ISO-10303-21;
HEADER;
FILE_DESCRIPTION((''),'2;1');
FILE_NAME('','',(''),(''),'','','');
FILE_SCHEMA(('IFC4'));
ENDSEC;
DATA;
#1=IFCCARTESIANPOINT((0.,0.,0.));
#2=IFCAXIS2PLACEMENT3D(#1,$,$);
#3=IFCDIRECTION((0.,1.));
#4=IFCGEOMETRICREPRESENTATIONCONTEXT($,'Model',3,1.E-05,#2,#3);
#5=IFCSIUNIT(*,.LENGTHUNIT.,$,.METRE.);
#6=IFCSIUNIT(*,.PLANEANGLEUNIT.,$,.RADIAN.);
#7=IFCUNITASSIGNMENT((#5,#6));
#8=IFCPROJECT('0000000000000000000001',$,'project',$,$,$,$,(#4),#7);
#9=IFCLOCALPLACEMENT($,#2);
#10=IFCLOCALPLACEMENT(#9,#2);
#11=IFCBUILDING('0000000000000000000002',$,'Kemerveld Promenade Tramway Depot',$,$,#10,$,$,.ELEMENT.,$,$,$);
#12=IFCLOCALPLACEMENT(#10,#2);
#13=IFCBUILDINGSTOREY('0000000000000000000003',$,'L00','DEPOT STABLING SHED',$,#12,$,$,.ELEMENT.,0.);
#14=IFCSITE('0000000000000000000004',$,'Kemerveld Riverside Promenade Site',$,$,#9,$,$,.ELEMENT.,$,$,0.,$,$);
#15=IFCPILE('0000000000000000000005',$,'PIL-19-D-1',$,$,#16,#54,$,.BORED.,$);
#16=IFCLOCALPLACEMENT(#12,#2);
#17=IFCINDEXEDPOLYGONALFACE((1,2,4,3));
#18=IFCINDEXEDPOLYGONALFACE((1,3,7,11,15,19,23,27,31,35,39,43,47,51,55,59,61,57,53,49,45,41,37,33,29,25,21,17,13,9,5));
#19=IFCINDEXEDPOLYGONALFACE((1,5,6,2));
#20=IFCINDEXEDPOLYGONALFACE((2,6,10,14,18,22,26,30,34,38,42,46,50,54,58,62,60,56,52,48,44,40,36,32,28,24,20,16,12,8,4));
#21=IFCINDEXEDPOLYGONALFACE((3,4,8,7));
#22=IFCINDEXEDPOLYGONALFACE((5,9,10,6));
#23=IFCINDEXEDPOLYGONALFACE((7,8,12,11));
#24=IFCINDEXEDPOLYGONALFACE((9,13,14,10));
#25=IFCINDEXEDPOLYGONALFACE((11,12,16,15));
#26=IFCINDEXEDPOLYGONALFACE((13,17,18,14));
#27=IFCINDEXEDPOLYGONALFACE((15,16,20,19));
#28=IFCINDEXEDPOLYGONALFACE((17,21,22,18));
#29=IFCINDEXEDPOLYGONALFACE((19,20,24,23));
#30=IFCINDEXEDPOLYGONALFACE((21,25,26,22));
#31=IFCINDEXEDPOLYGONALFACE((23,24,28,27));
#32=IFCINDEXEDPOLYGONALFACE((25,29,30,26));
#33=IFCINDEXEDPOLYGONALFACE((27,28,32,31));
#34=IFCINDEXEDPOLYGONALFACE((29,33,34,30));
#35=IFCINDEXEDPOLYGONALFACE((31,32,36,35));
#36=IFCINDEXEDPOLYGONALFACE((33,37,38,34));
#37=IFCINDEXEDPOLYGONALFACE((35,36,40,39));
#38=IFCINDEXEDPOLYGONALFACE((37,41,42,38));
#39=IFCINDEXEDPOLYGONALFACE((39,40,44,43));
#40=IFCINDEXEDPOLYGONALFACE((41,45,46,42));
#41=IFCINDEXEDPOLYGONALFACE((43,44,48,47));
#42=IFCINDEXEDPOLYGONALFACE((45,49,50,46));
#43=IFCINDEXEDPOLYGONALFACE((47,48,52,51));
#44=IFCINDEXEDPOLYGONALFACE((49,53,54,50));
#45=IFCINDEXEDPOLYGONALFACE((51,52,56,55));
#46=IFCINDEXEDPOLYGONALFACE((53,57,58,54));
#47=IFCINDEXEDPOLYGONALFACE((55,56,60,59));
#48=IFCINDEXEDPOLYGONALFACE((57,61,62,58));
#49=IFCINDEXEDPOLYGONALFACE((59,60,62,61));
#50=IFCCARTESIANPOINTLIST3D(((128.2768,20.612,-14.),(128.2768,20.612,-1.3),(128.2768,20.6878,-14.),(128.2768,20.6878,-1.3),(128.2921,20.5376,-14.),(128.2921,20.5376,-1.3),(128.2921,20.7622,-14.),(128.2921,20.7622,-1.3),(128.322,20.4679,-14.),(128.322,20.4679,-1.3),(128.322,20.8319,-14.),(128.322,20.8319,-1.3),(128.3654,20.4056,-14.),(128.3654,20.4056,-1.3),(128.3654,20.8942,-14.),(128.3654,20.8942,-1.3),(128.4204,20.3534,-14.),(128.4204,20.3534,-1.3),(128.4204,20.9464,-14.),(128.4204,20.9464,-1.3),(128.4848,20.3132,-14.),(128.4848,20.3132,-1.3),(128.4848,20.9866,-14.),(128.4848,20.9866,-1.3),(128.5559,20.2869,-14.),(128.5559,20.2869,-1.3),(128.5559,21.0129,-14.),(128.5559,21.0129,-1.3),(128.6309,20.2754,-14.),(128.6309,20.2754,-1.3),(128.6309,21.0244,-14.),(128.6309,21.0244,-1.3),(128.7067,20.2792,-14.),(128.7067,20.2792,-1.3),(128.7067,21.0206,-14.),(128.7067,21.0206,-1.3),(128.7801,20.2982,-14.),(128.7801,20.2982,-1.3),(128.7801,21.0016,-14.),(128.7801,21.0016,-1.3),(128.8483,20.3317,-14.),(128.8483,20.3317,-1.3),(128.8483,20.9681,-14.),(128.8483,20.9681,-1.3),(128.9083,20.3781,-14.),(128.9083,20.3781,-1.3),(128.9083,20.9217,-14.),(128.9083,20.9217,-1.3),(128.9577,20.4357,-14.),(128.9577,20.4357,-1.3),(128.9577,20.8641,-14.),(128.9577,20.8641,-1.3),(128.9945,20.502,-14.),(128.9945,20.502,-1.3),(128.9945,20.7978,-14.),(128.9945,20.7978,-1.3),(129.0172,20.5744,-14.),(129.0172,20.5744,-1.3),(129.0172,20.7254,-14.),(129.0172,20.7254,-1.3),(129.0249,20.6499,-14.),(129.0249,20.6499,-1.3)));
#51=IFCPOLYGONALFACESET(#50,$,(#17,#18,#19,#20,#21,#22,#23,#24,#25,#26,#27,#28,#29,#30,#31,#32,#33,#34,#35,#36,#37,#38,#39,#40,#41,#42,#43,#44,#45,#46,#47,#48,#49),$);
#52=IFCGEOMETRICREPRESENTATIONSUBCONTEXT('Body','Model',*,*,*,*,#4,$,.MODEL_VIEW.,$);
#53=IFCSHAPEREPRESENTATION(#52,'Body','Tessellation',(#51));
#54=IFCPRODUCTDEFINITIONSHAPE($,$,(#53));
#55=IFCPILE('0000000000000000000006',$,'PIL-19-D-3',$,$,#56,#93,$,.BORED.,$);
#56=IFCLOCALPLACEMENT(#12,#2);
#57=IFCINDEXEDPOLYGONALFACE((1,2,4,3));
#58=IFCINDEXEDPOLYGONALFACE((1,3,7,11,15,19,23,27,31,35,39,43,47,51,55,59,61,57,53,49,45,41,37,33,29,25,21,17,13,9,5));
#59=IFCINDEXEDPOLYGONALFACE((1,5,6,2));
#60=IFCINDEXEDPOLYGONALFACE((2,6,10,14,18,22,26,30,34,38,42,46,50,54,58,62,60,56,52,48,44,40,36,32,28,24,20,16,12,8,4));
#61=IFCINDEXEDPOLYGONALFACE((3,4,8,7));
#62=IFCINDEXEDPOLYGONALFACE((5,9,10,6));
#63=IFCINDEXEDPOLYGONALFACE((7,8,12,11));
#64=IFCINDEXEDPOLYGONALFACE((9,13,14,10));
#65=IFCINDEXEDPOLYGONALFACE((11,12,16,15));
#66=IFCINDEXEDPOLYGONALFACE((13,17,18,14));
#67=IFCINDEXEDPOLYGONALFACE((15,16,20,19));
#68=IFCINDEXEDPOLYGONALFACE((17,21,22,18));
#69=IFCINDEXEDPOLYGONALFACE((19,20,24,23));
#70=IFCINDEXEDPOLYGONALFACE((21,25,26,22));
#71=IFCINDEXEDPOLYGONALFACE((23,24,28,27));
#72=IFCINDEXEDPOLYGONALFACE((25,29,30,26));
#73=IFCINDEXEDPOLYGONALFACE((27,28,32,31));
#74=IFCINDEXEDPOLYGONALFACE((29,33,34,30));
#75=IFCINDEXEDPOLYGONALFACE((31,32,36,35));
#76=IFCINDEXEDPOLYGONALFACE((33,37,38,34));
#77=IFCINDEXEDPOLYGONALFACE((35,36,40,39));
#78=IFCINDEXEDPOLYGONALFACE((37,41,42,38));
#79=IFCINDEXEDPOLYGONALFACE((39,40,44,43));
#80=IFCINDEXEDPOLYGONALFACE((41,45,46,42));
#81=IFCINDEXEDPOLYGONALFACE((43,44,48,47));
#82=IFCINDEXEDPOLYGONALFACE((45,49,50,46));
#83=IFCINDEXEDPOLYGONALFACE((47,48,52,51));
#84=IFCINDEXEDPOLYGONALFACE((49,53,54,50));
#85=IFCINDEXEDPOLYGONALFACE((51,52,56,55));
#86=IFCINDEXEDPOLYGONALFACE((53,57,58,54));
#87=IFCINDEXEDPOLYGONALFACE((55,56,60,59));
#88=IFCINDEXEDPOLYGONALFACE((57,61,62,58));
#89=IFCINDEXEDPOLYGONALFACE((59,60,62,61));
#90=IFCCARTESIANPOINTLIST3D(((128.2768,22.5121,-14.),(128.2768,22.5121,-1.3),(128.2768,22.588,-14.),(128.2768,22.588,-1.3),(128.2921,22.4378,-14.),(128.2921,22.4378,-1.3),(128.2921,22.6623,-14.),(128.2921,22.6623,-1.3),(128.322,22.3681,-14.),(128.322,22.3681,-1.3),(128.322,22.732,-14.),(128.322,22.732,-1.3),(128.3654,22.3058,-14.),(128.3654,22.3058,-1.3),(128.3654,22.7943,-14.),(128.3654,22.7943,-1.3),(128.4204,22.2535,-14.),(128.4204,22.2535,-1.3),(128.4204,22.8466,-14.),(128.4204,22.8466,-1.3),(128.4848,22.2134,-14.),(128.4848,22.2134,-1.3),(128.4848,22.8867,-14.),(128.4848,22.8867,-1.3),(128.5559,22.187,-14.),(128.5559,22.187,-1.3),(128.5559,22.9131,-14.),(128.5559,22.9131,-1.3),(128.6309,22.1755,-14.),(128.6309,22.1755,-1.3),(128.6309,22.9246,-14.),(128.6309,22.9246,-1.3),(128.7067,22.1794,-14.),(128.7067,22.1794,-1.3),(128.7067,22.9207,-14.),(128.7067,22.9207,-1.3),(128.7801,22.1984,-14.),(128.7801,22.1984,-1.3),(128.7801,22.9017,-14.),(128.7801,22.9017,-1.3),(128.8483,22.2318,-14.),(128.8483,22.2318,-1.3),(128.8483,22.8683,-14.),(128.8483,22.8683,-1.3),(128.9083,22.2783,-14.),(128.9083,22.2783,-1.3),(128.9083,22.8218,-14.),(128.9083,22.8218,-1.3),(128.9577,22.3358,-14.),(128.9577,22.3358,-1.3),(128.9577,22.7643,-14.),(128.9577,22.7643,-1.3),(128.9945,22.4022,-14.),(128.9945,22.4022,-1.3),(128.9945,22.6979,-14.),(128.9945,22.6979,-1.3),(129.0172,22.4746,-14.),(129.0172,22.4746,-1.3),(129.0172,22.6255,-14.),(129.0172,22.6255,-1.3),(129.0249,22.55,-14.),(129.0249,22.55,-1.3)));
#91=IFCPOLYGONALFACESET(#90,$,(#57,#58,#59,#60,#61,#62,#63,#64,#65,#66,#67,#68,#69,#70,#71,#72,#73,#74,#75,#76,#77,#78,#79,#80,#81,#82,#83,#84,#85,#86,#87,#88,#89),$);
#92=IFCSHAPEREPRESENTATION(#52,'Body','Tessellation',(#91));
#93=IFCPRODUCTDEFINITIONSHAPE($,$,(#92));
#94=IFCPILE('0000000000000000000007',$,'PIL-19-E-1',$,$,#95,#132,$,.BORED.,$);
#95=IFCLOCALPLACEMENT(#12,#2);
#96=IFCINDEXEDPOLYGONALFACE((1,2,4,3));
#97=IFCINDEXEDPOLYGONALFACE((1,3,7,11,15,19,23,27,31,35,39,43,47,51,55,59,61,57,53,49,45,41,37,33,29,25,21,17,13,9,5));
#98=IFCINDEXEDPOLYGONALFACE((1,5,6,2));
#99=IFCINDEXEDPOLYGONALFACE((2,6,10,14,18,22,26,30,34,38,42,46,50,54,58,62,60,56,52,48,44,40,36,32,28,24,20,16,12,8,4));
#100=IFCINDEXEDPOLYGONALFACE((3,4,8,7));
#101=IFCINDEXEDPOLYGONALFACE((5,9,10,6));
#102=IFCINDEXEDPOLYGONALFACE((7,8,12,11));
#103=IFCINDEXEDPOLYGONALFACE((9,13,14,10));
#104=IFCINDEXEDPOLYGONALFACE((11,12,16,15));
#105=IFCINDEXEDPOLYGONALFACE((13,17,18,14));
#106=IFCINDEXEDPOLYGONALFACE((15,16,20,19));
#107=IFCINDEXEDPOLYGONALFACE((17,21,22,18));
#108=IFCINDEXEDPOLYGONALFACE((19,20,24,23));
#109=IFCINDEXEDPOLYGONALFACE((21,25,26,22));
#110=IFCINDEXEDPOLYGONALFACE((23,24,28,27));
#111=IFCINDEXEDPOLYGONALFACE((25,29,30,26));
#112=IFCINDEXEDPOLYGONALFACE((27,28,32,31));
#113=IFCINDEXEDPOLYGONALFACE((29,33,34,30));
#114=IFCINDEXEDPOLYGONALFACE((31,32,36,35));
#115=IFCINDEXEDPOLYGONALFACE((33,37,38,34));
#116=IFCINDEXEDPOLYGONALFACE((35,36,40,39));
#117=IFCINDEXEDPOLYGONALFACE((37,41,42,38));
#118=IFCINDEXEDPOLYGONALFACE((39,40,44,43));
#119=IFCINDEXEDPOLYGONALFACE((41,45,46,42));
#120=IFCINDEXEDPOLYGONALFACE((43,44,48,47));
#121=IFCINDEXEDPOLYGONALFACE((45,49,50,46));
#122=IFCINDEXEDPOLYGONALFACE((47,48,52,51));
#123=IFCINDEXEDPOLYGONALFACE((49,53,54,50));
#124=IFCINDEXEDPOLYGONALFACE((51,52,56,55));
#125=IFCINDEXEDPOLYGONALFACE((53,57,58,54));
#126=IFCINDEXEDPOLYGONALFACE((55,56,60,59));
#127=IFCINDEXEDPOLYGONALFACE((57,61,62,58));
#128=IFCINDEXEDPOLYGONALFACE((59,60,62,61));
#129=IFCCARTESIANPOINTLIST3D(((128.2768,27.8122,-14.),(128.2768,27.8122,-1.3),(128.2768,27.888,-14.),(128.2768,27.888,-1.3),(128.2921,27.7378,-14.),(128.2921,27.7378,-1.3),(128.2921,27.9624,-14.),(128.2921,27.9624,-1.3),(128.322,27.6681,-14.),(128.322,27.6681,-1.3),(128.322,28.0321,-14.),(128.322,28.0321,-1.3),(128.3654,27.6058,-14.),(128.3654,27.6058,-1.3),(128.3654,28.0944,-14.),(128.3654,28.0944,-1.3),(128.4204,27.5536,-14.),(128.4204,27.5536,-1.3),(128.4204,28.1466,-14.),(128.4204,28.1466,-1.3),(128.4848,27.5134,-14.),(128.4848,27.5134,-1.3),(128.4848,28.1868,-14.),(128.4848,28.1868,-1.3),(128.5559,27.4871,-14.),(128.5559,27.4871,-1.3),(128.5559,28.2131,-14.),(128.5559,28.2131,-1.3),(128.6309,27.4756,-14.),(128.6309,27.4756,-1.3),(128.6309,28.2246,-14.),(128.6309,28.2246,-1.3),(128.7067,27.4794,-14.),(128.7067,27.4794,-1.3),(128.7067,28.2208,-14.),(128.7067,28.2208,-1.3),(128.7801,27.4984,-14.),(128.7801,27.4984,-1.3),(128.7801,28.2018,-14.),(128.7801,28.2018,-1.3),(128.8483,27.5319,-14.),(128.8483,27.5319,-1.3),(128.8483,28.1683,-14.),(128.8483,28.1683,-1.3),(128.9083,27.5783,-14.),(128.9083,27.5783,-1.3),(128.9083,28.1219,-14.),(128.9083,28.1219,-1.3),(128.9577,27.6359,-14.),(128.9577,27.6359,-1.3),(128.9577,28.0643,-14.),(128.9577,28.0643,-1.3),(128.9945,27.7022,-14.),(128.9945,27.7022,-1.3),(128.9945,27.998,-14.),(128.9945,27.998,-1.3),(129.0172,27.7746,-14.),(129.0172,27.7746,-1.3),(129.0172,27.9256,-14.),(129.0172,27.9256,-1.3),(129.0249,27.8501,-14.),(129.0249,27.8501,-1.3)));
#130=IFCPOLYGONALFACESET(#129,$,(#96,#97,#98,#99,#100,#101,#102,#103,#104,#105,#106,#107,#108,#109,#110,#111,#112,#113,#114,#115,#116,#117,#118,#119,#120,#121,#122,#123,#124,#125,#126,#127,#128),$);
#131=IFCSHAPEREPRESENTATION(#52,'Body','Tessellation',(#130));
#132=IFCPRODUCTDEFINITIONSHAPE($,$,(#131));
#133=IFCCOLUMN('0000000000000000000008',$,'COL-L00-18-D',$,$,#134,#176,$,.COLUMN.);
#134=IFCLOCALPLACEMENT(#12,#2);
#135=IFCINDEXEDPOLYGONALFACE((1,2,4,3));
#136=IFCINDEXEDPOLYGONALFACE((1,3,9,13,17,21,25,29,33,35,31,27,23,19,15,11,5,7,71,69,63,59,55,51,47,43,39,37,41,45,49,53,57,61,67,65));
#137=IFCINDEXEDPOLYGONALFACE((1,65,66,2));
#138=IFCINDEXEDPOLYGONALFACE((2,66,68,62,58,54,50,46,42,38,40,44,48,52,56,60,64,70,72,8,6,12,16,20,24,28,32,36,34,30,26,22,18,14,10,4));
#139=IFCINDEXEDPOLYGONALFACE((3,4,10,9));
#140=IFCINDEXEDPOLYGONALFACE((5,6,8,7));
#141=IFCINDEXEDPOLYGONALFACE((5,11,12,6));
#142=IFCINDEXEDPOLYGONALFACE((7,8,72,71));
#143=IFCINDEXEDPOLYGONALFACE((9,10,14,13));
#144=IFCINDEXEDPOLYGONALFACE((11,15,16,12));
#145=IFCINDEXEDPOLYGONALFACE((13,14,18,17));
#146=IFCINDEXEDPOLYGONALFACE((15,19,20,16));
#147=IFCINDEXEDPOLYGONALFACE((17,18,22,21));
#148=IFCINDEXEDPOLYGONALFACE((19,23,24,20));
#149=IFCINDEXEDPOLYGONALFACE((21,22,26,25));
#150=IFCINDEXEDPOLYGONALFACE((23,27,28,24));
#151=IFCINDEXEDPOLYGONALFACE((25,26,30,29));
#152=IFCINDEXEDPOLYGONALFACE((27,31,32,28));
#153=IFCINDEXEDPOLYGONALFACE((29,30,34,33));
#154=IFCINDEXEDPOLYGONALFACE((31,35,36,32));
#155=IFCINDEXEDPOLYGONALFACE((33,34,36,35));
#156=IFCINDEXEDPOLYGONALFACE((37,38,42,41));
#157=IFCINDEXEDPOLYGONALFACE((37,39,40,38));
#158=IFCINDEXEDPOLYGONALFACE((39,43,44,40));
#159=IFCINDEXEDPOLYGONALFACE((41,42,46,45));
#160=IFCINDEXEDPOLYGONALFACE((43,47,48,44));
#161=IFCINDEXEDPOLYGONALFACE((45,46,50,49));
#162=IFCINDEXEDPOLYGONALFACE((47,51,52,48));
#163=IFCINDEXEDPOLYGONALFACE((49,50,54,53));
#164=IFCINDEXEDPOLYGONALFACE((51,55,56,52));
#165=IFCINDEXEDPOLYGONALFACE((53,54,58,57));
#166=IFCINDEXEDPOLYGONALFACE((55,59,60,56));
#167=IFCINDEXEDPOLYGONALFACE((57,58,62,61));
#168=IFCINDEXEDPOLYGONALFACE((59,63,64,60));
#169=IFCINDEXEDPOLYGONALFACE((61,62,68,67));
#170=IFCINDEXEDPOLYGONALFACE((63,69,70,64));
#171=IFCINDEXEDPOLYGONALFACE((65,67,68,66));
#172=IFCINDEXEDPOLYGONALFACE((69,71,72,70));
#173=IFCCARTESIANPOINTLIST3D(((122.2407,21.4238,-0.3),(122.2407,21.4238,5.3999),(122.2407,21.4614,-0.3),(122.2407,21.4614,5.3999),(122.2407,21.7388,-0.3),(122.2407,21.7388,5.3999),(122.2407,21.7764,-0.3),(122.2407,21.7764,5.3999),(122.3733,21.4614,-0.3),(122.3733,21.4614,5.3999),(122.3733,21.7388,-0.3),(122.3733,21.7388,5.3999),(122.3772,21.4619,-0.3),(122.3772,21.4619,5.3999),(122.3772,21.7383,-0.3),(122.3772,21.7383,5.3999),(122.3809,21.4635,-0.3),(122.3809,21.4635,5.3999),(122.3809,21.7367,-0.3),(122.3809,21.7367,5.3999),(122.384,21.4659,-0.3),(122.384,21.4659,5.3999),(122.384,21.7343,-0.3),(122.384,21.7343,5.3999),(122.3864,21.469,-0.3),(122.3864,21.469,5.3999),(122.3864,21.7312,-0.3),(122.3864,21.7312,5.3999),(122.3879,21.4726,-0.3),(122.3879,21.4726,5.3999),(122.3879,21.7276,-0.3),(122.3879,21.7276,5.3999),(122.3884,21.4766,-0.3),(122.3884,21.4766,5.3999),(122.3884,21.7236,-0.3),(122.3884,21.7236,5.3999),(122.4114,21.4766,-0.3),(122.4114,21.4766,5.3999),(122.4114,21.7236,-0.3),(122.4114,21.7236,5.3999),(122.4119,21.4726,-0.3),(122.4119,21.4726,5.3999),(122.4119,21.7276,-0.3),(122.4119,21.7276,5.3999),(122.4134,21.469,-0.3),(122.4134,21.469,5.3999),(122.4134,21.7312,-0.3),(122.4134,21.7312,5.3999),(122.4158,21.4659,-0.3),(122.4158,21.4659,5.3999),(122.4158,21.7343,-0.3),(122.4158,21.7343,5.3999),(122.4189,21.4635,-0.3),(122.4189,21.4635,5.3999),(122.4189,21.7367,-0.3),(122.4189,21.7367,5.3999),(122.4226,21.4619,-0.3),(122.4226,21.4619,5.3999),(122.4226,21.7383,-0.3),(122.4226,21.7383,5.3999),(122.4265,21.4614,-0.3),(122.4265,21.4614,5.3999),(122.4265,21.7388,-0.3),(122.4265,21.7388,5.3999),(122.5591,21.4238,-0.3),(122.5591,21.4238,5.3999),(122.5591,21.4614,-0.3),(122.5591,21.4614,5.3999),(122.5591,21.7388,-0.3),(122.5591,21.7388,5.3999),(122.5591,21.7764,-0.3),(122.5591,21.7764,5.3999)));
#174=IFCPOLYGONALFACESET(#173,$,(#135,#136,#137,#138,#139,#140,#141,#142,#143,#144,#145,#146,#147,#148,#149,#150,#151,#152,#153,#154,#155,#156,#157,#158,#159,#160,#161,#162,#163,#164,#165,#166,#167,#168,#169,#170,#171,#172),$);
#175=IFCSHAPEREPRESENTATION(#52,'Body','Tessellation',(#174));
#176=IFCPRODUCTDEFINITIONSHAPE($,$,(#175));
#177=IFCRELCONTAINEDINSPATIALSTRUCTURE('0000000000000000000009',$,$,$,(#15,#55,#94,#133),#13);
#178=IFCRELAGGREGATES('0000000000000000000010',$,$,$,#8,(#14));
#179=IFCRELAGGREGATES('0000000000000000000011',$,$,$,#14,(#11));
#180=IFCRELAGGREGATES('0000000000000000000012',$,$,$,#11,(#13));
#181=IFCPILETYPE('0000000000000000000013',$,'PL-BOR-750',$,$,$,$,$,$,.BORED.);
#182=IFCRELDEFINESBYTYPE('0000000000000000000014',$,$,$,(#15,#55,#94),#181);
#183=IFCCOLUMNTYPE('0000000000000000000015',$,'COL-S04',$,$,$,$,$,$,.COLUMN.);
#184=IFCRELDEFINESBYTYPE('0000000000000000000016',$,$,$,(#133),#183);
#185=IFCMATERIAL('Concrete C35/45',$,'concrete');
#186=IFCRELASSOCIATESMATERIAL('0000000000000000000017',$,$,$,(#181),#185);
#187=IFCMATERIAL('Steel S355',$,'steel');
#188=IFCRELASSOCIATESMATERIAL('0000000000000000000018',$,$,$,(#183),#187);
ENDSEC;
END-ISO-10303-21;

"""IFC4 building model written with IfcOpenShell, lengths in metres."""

from ifc_helpers import new_model, si_unit, direction, frame, origin, origin_2d, place, context, subcontext, project, spatial, circle, i_section, extrude, material, material_profile, profile_set, type_object, element, save


model = new_model("IFC4")

# Units and contexts
model_context = context("Model", 3, precision=1e-05, world=origin(), true_north=direction((0.0, 1.0)))
body_context = subcontext(model_context, "Body", "Model", "MODEL_VIEW")
ifc_project = project(units=[si_unit("LENGTHUNIT", "METRE"), si_unit("PLANEANGLEUNIT", "RADIAN")], contexts=[model_context])

# Site, building, storey
site_placement = place(None, origin())
site = spatial("IfcSite", under=ifc_project, at=site_placement, Name="Kemerveld Riverside Promenade Site", CompositionType="ELEMENT", RefElevation=0.0)
building_placement = place(site_placement, origin())
building = spatial("IfcBuilding", under=site, at=building_placement, Name="Kemerveld Promenade Tramway Depot", CompositionType="ELEMENT")
storey_placement = place(building_placement, origin())
storey = spatial("IfcBuildingStorey", under=building, at=storey_placement, Name="L00", Description="DEPOT STABLING SHED", CompositionType="ELEMENT", Elevation=0.0)

# Shared definitions
ifc_material_1 = material(Name="Concrete C35/45", Category="concrete")

# Piles
ifc_material_profile_1 = material_profile(ifc_material_1, circle(Radius=0.375, at=origin_2d()), Name="PILE-D750")
ifc_profile_set_1 = profile_set([ifc_material_profile_1], Name="Concrete C35/45")
pile_type = type_object("IfcPileType", Name="PL-BOR-750", PredefinedType="BORED", material=ifc_profile_set_1)
for number, where, z_axis, x_axis, name in (
    (1, (128.6499, 20.6499, -1.3), (0.0, 0.0, -1.0), (1.0, 0.0, 0.0), "PIL-19-D-1"),
    (2, (128.6499, 22.55, -1.3), (0.0, 0.0, -1.0), (1.0, 0.0, 0.0), "PIL-19-D-3"),
    (3, (128.6499, 27.8501, -1.3), (0.0, 0.0, -1.0), (1.0, 0.0, 0.0), "PIL-19-E-1"),
):
    element("IfcPile", number, at=place(storey_placement, frame(where, z_axis=z_axis, x_axis=x_axis)), inside=storey, type_object=pile_type, Name=name, PredefinedType="BORED", context=body_context, shape_type="SweptSolid", body=[
        extrude(circle(Radius=0.375, at=origin_2d()), origin(), (0.0, 0.0, 1.0), 12.7),
    ])

# Column
ifc_material_2 = material(Name="Steel S355", Category="steel")
ifc_material_profile_2 = material_profile(ifc_material_2, i_section(OverallWidth=0.3184, OverallDepth=0.3525, WebThickness=0.0229, FlangeThickness=0.0376, FilletRadius=0.0151, at=origin_2d()), Name="305x305x240 UC")
ifc_profile_set_2 = profile_set([ifc_material_profile_2], Name="Steel S355")
column_type = type_object("IfcColumnType", Name="COL-S04", PredefinedType="COLUMN", material=ifc_profile_set_2)
for number, where, z_axis, x_axis, name in (
    (4, (122.3999, 21.6001, -0.3), (0.0, 0.0, 1.0), (1.0, 0.0, 0.0), "COL-L00-18-D"),
):
    element("IfcColumn", number, at=place(storey_placement, frame(where, z_axis=z_axis, x_axis=x_axis)), inside=storey, type_object=column_type, Name=name, PredefinedType="COLUMN", context=body_context, shape_type="SweptSolid", body=[
        extrude(i_section(OverallWidth=0.3184, OverallDepth=0.3525, WebThickness=0.0229, FlangeThickness=0.0376, FilletRadius=0.0151, at=origin_2d()), origin(), (0.0, 0.0, 1.0), 5.7),
    ])

save(model, "model.ifc")
